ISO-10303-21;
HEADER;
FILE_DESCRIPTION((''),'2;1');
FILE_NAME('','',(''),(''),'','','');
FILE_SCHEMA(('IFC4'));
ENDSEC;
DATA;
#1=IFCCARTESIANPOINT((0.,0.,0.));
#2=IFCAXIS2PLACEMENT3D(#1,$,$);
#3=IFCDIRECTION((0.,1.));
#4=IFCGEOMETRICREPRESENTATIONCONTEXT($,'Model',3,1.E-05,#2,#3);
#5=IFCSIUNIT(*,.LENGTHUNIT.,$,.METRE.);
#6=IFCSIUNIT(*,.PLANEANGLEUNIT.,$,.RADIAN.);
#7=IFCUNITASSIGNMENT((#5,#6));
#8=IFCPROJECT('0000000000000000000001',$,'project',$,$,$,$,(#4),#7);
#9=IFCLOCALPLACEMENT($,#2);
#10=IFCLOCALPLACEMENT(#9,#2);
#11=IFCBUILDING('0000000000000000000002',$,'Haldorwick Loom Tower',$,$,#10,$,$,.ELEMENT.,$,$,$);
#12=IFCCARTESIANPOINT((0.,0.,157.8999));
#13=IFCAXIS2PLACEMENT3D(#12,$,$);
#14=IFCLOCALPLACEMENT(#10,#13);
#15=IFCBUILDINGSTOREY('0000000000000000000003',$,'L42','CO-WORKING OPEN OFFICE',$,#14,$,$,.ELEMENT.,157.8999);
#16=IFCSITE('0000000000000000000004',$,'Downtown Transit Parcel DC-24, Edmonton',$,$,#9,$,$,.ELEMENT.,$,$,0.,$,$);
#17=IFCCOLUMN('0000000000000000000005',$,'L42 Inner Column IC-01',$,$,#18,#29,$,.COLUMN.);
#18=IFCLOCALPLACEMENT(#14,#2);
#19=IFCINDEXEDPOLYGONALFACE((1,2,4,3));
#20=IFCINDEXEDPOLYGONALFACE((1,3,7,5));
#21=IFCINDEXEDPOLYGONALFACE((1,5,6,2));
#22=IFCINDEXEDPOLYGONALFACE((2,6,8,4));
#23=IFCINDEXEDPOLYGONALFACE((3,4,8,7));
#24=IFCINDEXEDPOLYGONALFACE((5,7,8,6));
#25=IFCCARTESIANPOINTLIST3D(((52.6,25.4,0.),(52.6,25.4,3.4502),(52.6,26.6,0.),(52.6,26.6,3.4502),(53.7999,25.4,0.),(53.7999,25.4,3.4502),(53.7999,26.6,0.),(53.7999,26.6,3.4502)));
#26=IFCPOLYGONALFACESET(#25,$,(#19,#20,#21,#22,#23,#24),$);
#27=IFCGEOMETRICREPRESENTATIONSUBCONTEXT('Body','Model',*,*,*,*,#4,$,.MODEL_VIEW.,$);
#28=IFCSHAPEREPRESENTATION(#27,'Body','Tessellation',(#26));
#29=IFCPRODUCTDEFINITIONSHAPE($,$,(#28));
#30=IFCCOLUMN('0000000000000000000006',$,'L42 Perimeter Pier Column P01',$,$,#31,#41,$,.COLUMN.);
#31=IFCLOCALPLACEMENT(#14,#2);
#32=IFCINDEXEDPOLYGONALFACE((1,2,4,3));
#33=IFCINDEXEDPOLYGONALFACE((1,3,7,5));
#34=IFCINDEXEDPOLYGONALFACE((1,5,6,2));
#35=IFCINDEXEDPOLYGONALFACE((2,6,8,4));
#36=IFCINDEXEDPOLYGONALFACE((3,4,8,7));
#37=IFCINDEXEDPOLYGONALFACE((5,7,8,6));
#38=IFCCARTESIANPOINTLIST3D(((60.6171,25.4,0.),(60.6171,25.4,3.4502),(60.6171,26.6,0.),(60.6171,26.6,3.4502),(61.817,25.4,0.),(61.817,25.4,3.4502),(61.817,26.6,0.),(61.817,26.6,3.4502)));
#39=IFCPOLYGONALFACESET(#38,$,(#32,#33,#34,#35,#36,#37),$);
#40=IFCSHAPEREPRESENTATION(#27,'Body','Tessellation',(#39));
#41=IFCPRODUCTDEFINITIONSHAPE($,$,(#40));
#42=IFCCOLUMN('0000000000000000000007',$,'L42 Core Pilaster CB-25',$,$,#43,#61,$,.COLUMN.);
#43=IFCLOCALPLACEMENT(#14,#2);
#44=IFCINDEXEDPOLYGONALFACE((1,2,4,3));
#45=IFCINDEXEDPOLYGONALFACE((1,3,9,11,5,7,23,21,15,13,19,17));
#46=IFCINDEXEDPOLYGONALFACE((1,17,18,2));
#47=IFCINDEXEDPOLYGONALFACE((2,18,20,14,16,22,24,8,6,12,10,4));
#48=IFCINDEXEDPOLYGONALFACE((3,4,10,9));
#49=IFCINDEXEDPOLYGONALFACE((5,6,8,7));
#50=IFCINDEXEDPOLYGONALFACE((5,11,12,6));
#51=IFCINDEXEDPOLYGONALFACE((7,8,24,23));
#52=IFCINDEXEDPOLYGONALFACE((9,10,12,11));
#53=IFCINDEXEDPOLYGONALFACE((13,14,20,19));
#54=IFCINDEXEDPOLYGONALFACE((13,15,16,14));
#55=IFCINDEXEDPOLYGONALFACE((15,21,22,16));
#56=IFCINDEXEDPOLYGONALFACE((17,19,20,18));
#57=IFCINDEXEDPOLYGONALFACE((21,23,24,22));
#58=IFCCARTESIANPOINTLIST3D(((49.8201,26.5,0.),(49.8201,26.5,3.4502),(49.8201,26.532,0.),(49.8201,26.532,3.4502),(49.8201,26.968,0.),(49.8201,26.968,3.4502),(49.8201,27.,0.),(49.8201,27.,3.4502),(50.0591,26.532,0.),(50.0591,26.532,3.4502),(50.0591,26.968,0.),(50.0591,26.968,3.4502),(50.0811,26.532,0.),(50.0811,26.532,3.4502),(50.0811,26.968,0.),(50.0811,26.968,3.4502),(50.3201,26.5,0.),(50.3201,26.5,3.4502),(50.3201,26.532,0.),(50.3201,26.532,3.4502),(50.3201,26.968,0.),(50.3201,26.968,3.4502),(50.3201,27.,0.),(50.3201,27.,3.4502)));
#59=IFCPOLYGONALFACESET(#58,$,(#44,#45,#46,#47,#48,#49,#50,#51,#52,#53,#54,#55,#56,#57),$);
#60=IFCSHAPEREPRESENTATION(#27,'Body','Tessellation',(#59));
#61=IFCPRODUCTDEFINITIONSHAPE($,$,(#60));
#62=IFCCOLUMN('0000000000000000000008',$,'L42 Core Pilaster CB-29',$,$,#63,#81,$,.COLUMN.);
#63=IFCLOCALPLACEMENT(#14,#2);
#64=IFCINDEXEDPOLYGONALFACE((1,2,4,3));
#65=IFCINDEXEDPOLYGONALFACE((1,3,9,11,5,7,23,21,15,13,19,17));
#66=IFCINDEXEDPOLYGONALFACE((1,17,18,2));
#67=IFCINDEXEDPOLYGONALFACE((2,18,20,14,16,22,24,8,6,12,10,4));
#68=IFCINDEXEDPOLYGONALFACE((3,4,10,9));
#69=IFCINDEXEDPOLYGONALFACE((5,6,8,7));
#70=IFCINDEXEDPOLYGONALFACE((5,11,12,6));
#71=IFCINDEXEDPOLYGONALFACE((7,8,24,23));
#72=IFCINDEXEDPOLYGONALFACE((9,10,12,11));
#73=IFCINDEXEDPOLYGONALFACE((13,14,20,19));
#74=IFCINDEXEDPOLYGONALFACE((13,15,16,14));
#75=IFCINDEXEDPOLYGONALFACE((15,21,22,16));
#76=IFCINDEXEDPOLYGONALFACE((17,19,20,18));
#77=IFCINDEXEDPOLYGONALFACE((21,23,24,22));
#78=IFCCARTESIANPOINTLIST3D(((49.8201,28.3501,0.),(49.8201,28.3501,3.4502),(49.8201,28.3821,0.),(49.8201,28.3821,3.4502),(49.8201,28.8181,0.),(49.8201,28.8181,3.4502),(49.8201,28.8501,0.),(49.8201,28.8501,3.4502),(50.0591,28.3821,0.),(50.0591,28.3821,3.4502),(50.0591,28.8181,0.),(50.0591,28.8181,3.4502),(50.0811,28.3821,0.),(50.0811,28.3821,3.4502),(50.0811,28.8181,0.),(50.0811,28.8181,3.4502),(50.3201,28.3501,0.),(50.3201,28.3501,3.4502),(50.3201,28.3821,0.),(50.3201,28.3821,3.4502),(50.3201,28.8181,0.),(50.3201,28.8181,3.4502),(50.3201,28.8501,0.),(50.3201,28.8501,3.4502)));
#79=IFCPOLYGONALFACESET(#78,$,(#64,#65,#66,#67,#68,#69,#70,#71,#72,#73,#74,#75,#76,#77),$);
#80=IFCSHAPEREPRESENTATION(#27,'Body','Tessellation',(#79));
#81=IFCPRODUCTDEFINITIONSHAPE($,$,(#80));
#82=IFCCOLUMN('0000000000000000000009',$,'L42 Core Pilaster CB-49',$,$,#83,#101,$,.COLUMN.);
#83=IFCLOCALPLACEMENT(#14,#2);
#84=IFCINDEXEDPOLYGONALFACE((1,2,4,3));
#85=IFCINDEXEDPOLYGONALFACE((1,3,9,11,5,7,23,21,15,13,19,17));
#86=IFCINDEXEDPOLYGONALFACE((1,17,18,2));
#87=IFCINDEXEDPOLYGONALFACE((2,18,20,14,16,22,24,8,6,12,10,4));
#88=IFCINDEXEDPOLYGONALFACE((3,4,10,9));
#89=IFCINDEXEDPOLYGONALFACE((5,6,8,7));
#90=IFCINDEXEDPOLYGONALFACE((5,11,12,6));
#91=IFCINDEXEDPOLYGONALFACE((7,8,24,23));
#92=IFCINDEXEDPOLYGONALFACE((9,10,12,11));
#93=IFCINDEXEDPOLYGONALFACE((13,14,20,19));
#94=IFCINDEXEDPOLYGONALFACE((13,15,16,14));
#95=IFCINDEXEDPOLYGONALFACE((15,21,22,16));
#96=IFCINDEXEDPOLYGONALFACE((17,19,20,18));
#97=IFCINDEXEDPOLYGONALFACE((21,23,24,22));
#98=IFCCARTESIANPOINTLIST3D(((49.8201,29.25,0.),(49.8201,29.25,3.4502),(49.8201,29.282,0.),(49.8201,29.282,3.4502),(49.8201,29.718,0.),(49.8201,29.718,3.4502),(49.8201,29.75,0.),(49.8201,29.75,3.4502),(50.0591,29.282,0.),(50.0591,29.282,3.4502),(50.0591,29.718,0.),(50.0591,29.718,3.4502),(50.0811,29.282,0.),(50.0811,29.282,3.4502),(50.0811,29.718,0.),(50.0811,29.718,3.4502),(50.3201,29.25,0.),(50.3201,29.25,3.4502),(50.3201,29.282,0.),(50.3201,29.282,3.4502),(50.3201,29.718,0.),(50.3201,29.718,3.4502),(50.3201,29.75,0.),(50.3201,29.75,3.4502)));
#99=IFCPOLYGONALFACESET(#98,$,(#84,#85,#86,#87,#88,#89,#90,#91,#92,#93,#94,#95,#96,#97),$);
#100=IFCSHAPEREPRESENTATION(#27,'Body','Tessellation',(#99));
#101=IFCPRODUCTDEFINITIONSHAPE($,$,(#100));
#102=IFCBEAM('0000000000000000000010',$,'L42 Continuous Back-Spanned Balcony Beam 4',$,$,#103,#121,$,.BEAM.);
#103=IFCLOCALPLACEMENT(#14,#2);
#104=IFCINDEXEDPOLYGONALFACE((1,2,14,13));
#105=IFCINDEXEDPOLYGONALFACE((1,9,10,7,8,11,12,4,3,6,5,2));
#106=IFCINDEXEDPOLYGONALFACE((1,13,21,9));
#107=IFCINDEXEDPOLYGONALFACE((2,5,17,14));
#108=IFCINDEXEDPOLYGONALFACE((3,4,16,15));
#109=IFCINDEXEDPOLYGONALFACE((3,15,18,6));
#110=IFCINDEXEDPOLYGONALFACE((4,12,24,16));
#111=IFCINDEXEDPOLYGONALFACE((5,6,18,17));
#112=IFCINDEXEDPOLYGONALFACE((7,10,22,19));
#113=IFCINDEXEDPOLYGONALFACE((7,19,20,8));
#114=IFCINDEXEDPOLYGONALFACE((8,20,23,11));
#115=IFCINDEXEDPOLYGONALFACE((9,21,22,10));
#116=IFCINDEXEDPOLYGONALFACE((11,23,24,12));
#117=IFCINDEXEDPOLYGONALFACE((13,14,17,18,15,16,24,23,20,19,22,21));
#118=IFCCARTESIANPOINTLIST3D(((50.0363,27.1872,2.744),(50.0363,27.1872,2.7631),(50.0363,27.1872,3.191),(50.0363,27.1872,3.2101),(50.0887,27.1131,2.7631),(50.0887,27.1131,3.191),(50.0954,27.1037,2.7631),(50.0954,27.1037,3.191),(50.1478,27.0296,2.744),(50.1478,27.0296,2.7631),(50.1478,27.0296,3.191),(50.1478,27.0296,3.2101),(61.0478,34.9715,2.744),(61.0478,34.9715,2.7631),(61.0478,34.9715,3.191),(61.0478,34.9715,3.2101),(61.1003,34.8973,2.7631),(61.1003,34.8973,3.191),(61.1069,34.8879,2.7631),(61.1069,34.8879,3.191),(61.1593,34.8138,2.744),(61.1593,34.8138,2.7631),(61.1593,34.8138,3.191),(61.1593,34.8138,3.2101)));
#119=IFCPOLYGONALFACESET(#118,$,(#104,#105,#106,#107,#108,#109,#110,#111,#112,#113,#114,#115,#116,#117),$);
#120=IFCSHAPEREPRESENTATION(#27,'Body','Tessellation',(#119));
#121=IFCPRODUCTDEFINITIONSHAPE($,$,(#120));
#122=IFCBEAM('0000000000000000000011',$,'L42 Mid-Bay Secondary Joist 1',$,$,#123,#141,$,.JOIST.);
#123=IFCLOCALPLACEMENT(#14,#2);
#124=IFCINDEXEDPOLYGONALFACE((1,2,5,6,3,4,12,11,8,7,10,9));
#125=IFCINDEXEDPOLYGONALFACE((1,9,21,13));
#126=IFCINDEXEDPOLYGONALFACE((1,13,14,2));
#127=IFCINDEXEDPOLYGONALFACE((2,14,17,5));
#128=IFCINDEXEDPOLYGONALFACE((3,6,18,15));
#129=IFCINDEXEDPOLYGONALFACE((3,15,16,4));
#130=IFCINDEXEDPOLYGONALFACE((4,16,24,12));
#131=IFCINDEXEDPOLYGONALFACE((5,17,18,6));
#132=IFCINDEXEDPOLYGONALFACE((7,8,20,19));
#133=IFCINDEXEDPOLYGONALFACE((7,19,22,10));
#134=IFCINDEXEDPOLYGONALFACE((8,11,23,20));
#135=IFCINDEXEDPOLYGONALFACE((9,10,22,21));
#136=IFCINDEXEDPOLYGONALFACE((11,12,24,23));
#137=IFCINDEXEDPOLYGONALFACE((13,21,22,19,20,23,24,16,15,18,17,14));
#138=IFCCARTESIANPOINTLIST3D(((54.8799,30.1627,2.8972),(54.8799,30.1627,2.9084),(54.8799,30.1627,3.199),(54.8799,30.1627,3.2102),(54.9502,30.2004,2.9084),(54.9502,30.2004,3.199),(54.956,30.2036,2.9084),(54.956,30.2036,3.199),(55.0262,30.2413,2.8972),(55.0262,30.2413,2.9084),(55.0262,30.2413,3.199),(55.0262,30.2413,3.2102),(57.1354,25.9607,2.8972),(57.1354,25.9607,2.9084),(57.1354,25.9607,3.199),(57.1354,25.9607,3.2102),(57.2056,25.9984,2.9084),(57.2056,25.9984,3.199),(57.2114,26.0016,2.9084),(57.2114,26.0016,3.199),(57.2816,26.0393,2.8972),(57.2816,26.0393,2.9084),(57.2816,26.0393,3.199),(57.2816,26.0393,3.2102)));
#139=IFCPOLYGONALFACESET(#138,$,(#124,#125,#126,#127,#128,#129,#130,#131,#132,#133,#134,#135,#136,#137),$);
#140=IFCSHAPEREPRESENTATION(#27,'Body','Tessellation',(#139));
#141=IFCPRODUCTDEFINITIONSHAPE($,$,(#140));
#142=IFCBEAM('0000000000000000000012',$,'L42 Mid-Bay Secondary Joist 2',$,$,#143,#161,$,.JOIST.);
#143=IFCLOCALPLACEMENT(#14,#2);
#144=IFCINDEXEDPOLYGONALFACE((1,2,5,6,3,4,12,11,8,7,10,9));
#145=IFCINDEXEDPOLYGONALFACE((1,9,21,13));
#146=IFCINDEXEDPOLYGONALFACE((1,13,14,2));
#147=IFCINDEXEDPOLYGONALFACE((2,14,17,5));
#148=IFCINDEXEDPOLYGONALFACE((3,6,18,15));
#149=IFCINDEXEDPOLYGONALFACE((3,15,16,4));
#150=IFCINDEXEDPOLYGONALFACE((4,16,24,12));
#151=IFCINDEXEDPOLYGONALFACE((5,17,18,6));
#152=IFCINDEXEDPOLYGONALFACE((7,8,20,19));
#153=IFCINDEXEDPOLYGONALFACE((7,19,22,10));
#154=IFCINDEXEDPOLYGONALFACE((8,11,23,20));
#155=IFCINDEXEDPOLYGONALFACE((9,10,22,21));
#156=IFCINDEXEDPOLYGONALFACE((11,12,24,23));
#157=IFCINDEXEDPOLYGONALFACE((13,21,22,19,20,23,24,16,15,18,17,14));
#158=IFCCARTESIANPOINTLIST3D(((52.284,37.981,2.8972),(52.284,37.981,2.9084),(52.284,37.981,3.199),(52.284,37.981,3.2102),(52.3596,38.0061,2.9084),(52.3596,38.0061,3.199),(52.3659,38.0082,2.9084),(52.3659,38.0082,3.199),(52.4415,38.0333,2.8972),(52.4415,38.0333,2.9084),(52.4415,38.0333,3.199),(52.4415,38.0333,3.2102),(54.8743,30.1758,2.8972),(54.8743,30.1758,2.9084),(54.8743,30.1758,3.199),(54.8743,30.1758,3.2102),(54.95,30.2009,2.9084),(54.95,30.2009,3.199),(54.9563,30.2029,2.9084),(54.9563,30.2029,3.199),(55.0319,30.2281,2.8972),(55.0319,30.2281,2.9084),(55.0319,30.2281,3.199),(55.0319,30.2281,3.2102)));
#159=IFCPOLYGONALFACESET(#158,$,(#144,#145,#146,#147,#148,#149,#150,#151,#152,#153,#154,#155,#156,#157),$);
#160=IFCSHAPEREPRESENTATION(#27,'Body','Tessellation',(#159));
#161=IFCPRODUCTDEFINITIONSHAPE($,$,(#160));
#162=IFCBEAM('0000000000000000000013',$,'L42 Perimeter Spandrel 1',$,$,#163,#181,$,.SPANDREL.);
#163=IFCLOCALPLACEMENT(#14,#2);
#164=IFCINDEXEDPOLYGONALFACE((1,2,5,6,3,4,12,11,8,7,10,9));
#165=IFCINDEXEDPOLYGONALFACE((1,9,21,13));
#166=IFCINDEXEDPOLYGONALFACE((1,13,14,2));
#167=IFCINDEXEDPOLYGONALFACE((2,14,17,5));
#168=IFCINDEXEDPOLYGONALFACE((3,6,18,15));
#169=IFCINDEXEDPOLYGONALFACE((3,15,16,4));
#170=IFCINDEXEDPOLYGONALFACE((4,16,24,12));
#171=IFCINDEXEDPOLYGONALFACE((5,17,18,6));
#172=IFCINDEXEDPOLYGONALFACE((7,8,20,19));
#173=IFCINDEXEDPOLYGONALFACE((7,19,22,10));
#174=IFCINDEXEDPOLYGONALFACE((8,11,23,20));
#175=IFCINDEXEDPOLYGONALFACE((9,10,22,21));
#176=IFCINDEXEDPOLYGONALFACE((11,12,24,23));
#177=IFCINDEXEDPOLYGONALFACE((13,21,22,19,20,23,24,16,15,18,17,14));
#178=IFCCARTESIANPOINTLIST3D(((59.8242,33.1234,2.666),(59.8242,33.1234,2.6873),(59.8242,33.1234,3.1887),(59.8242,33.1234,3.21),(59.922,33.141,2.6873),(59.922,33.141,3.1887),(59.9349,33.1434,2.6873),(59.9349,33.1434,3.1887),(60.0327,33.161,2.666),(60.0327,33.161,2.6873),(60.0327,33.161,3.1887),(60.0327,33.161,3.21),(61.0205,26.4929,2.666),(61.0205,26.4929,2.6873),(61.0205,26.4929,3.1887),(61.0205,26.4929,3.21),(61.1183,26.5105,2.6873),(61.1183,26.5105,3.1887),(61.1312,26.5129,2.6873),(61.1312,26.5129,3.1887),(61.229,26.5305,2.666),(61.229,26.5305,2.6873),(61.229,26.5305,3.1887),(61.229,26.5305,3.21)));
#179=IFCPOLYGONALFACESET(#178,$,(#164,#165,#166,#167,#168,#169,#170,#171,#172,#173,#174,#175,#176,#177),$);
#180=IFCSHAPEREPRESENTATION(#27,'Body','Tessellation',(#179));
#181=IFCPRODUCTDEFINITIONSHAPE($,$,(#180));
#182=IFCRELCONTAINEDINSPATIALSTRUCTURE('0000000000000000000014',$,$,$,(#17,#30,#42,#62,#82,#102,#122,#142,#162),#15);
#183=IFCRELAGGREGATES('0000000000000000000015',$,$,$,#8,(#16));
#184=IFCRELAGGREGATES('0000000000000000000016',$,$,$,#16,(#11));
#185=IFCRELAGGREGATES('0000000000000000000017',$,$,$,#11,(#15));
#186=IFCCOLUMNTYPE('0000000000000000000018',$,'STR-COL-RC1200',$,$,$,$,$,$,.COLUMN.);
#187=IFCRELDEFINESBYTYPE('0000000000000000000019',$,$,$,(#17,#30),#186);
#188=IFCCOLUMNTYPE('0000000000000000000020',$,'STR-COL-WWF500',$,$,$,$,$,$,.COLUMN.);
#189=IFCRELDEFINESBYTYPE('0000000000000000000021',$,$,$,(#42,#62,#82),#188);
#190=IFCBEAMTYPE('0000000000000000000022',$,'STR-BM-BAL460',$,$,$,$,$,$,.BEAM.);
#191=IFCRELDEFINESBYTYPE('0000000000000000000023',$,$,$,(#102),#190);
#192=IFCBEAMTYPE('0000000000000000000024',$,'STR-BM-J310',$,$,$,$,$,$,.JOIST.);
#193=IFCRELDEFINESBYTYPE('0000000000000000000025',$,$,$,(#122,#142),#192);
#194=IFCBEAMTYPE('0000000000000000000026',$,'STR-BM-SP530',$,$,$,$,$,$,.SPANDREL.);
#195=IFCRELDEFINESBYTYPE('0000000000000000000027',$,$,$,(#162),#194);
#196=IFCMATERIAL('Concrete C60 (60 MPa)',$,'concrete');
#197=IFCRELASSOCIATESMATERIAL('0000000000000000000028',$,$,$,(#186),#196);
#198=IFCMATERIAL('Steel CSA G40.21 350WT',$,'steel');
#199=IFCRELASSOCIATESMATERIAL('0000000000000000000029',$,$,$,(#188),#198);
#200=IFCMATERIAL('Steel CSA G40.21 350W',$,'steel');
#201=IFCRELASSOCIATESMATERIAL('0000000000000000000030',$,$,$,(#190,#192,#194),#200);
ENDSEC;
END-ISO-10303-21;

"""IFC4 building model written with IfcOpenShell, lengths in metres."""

from ifc_helpers import new_model, si_unit, direction, frame, origin, origin_2d, place, context, subcontext, project, spatial, rectangle, i_section, extrude, material, material_profile, profile_set, type_object, element, save


model = new_model("IFC4")

# Units and contexts
model_context = context("Model", 3, precision=1e-05, world=origin(), true_north=direction((0.0, 1.0)))
body_context = subcontext(model_context, "Body", "Model", "MODEL_VIEW")
ifc_project = project(units=[si_unit("LENGTHUNIT", "METRE"), si_unit("PLANEANGLEUNIT", "RADIAN")], contexts=[model_context])

# Site, building, storey
site_placement = place(None, origin())
site = spatial("IfcSite", under=ifc_project, at=site_placement, Name="Downtown Transit Parcel DC-24, Edmonton", CompositionType="ELEMENT", RefElevation=0.0)
building_placement = place(site_placement, origin())
building = spatial("IfcBuilding", under=site, at=building_placement, Name="Haldorwick Loom Tower", CompositionType="ELEMENT")
storey_placement = place(building_placement, frame((0.0, 0.0, 157.8999)))
storey = spatial("IfcBuildingStorey", under=building, at=storey_placement, Name="L42", Description="CO-WORKING OPEN OFFICE", CompositionType="ELEMENT", Elevation=157.8999)

# Columns
ifc_material_1 = material(Name="Concrete C60 (60 MPa)", Category="concrete")
ifc_material_profile_1 = material_profile(ifc_material_1, rectangle(XDim=1.2, YDim=1.2, at=origin_2d()), Name="RC1200X1200", Category="concrete")
ifc_profile_set_1 = profile_set([ifc_material_profile_1], Name="Concrete C60 (60 MPa)")
column_type_1 = type_object("IfcColumnType", Name="STR-COL-RC1200", PredefinedType="COLUMN", material=ifc_profile_set_1)
for number, where, z_axis, x_axis, name in (
    (1, (53.2, 26.0, 0.0), (0.0, 0.0, 1.0), (1.0, 0.0, 0.0), "L42 Inner Column IC-01"),
    (2, (61.217, 26.0, 0.0), (0.0, 0.0, 1.0), (1.0, 0.0, 0.0), "L42 Perimeter Pier Column P01"),
):
    element("IfcColumn", number, at=place(storey_placement, frame(where, z_axis=z_axis, x_axis=x_axis)), inside=storey, type_object=column_type_1, Name=name, PredefinedType="COLUMN", context=body_context, shape_type="SweptSolid", body=[
        extrude(rectangle(XDim=1.2, YDim=1.2, at=origin_2d()), origin(), (0.0, 0.0, 1.0), 3.4502),
    ])
ifc_material_2 = material(Name="Steel CSA G40.21 350WT", Category="steel")
ifc_material_profile_2 = material_profile(ifc_material_2, i_section(OverallWidth=0.5, OverallDepth=0.5, WebThickness=0.022, FlangeThickness=0.032, at=origin_2d()), Name="WWF500X500", Category="steel")
ifc_profile_set_2 = profile_set([ifc_material_profile_2], Name="Steel CSA G40.21 350WT")
column_type_2 = type_object("IfcColumnType", Name="STR-COL-WWF500", PredefinedType="COLUMN", material=ifc_profile_set_2)
for number, where, z_axis, x_axis, name in (
    (3, (50.0701, 26.75, 0.0), (0.0, 0.0, 1.0), (1.0, 0.0, 0.0), "L42 Core Pilaster CB-25"),
    (4, (50.0701, 28.6001, 0.0), (0.0, 0.0, 1.0), (1.0, 0.0, 0.0), "L42 Core Pilaster CB-29"),
    (5, (50.0701, 29.5, 0.0), (0.0, 0.0, 1.0), (1.0, 0.0, 0.0), "L42 Core Pilaster CB-49"),
):
    element("IfcColumn", number, at=place(storey_placement, frame(where, z_axis=z_axis, x_axis=x_axis)), inside=storey, type_object=column_type_2, Name=name, PredefinedType="COLUMN", context=body_context, shape_type="SweptSolid", body=[
        extrude(i_section(OverallWidth=0.5, OverallDepth=0.5, WebThickness=0.022, FlangeThickness=0.032, at=origin_2d()), origin(), (0.0, 0.0, 1.0), 3.4502),
    ])

# Beams
ifc_material_3 = material(Name="Steel CSA G40.21 350W", Category="steel")
ifc_material_profile_3 = material_profile(ifc_material_3, i_section(OverallWidth=0.1931, OverallDepth=0.4661, WebThickness=0.0115, FlangeThickness=0.019, at=origin_2d()), Name="W460X97", Category="steel")
ifc_profile_set_3 = profile_set([ifc_material_profile_3], Name="Steel CSA G40.21 350W")
beam_type_1 = type_object("IfcBeamType", Name="STR-BM-BAL460", PredefinedType="BEAM", material=ifc_profile_set_3)
beam_1_placement = place(storey_placement, frame((50.092, 27.1084, 2.9771), z_axis=(0.81657, 0.577246, 0.0), x_axis=(-0.577246, 0.81657, 0.0)))
element("IfcBeam", 6, at=beam_1_placement, inside=storey, type_object=beam_type_1, Name="L42 Continuous Back-Spanned Balcony Beam 4", PredefinedType="BEAM", context=body_context, shape_type="SweptSolid", body=[
    extrude(i_section(OverallWidth=0.1931, OverallDepth=0.4661, WebThickness=0.0115, FlangeThickness=0.019, at=origin_2d()), origin(), (0.0, 0.0, 1.0), 13.4851),
])
ifc_material_profile_4 = material_profile(ifc_material_3, i_section(OverallWidth=0.166, OverallDepth=0.313, WebThickness=0.0066, FlangeThickness=0.0112, at=origin_2d()), Name="W310X45", Category="steel")
ifc_profile_set_4 = profile_set([ifc_material_profile_4], Name="Steel CSA G40.21 350W")
beam_type_2 = type_object("IfcBeamType", Name="STR-BM-J310", PredefinedType="JOIST", material=ifc_profile_set_4)
beam_2_placement = place(storey_placement, frame((57.2085, 26.0, 3.0537), z_axis=(-0.47293, 0.8811, 0.0), x_axis=(-0.8811, -0.47293, 0.0)))
element("IfcBeam", 7, at=beam_2_placement, inside=storey, type_object=beam_type_2, Name="L42 Mid-Bay Secondary Joist 1", PredefinedType="JOIST", context=body_context, shape_type="SweptSolid", body=[
    extrude(i_section(OverallWidth=0.166, OverallDepth=0.313, WebThickness=0.0066, FlangeThickness=0.0112, at=origin_2d()), origin(), (0.0, 0.0, 1.0), 4.769),
])
beam_3_placement = place(storey_placement, frame((54.9531, 30.2019, 3.0537), z_axis=(-0.314981, 0.949098, 0.0), x_axis=(-0.949098, -0.314981, 0.0)))
element("IfcBeam", 8, at=beam_3_placement, inside=storey, type_object=beam_type_2, Name="L42 Mid-Bay Secondary Joist 2", PredefinedType="JOIST", context=body_context, shape_type="SweptSolid", body=[
    extrude(i_section(OverallWidth=0.166, OverallDepth=0.313, WebThickness=0.0066, FlangeThickness=0.0112, at=origin_2d()), origin(), (0.0, 0.0, 1.0), 8.2239),
])
ifc_material_profile_5 = material_profile(ifc_material_3, i_section(OverallWidth=0.2119, OverallDepth=0.5439, WebThickness=0.0132, FlangeThickness=0.0212, at=origin_2d()), Name="W530X123", Category="steel")
ifc_profile_set_5 = profile_set([ifc_material_profile_5], Name="Steel CSA G40.21 350W")
beam_type_3 = type_object("IfcBeamType", Name="STR-BM-SP530", PredefinedType="SPANDREL", material=ifc_profile_set_5)
beam_4_placement = place(storey_placement, frame((61.1248, 26.5117, 2.938), z_axis=(-0.177559, 0.98411, 0.0), x_axis=(-0.98411, -0.177559, 0.0)))
element("IfcBeam", 9, at=beam_4_placement, inside=storey, type_object=beam_type_3, Name="L42 Perimeter Spandrel 1", PredefinedType="SPANDREL", context=body_context, shape_type="SweptSolid", body=[
    extrude(i_section(OverallWidth=0.2119, OverallDepth=0.5439, WebThickness=0.0132, FlangeThickness=0.0212, at=origin_2d()), origin(), (0.0, 0.0, 1.0), 6.7375),
])

save(model, "model.ifc")
